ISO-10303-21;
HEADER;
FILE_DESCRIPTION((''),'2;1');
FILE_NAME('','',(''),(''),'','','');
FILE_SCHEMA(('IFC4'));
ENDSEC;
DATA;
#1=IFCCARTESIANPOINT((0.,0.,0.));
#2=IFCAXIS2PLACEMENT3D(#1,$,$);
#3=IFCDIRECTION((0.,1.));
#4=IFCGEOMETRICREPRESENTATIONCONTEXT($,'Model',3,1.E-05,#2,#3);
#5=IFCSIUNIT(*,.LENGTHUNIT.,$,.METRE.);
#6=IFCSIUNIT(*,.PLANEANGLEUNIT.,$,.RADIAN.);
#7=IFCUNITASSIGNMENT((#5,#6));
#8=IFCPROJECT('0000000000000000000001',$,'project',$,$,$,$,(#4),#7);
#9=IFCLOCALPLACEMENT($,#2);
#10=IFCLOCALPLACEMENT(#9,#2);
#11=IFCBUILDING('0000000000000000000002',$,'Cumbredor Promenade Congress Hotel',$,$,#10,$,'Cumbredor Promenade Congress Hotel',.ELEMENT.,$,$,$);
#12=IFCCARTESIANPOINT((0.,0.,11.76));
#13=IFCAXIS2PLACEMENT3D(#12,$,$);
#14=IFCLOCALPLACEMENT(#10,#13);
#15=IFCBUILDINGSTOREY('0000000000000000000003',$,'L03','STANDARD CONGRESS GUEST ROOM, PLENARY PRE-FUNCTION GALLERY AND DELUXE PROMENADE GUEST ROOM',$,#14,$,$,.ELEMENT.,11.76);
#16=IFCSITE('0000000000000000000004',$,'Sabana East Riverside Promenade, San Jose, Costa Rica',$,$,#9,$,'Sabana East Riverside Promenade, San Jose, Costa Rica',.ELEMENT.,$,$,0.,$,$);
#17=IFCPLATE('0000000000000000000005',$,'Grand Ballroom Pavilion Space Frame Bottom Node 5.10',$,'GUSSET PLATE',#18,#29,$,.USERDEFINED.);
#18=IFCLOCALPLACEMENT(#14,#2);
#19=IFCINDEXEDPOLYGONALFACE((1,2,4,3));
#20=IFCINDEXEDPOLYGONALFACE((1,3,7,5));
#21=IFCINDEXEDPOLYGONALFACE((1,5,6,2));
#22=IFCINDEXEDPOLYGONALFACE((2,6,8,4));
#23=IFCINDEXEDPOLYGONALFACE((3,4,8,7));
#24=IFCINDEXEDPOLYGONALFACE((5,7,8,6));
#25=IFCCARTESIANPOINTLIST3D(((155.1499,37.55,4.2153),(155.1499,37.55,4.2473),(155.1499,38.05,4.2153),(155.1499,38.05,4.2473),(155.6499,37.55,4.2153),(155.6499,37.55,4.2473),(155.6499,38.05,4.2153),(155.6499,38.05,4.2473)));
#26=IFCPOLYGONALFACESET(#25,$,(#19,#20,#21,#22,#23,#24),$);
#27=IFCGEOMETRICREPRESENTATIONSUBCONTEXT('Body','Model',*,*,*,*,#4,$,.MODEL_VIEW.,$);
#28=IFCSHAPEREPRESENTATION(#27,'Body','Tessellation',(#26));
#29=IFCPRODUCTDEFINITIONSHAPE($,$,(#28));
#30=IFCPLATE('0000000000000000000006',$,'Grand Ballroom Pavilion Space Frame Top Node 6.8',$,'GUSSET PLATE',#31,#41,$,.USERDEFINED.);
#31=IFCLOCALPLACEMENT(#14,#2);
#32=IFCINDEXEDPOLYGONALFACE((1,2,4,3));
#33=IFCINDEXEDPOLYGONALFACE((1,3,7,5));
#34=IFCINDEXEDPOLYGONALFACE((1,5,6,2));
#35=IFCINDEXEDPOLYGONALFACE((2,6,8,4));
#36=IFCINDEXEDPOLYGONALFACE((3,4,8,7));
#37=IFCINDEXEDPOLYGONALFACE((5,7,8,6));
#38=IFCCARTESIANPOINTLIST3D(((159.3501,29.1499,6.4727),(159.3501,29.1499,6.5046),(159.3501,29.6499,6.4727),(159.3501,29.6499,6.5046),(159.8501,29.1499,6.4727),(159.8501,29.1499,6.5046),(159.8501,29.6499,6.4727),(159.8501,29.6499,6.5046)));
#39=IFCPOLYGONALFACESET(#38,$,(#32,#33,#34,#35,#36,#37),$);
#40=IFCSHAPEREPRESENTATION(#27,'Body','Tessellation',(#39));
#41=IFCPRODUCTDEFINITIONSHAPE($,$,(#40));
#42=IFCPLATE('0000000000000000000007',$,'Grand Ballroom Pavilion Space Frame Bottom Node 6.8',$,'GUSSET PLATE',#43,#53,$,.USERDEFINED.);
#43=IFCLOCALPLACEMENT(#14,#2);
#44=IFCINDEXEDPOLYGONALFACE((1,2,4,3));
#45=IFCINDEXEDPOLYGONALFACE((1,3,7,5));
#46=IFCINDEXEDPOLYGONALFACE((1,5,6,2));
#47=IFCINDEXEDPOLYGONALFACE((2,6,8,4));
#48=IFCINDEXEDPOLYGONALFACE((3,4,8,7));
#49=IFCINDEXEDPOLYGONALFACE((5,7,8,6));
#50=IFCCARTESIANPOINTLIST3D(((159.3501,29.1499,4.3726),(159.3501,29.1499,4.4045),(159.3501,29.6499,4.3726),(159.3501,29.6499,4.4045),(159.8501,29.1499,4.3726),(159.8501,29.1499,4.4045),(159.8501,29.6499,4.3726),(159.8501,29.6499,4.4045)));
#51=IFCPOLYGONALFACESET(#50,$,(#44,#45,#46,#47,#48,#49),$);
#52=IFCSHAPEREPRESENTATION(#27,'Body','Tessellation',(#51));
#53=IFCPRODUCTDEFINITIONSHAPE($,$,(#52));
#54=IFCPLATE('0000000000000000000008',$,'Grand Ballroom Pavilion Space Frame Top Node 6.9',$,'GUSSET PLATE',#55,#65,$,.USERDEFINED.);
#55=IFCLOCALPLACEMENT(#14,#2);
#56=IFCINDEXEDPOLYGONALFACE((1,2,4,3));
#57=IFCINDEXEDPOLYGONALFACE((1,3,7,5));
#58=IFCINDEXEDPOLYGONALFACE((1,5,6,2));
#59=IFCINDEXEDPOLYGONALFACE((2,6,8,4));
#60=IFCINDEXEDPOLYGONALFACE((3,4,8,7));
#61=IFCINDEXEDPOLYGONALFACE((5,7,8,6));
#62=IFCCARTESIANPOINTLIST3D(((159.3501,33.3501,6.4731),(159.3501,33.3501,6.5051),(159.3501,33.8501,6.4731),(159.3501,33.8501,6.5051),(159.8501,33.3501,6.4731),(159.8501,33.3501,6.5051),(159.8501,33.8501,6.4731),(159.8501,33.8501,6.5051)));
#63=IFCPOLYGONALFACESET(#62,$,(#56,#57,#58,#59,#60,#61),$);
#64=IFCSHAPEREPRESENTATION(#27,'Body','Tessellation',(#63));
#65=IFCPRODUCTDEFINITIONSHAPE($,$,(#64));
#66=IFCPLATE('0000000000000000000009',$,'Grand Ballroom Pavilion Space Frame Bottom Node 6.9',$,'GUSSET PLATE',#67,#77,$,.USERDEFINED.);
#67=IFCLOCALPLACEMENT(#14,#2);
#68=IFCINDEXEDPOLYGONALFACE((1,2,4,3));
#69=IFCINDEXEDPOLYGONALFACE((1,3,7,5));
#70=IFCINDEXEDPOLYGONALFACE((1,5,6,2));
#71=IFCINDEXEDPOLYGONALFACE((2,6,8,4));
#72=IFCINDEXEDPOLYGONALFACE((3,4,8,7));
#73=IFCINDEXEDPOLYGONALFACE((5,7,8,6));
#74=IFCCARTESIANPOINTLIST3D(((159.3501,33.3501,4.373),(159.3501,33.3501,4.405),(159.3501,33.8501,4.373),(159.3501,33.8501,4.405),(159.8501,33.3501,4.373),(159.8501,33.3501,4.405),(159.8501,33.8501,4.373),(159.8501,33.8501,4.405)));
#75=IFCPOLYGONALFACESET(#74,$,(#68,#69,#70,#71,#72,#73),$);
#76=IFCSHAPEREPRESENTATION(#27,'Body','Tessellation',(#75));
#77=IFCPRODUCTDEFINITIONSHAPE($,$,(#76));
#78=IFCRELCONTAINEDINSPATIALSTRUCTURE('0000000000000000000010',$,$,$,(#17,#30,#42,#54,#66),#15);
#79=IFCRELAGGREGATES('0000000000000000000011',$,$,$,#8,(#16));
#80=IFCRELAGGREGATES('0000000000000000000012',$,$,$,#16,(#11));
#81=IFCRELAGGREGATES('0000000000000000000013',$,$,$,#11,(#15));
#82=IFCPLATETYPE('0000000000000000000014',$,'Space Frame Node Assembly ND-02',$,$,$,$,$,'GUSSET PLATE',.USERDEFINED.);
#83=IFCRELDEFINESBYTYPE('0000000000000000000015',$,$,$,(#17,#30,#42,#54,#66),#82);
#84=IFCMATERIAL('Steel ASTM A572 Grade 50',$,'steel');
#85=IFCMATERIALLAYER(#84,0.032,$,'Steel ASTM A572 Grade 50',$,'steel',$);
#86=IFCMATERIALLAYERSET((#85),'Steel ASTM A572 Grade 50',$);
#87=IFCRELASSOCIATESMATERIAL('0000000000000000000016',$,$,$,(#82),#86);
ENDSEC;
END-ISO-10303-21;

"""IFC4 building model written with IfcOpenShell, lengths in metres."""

from ifc_helpers import new_model, si_unit, direction, frame, origin, origin_2d, place, context, subcontext, project, spatial, rectangle, extrude, material, layer, layer_set, type_object, element, save


model = new_model("IFC4")

# Units and contexts
model_context = context("Model", 3, precision=1e-05, world=origin(), true_north=direction((0.0, 1.0)))
body_context = subcontext(model_context, "Body", "Model", "MODEL_VIEW")
ifc_project = project(units=[si_unit("LENGTHUNIT", "METRE"), si_unit("PLANEANGLEUNIT", "RADIAN")], contexts=[model_context])

# Site, building, storey
site_placement = place(None, origin())
site = spatial("IfcSite", under=ifc_project, at=site_placement, Name="Sabana East Riverside Promenade, San Jose, Costa Rica", LongName="Sabana East Riverside Promenade, San Jose, Costa Rica", CompositionType="ELEMENT", RefElevation=0.0)
building_placement = place(site_placement, origin())
building = spatial("IfcBuilding", under=site, at=building_placement, Name="Cumbredor Promenade Congress Hotel", LongName="Cumbredor Promenade Congress Hotel", CompositionType="ELEMENT")
storey_placement = place(building_placement, frame((0.0, 0.0, 11.76)))
storey = spatial("IfcBuildingStorey", under=building, at=storey_placement, Name="L03", Description="STANDARD CONGRESS GUEST ROOM, PLENARY PRE-FUNCTION GALLERY AND DELUXE PROMENADE GUEST ROOM", CompositionType="ELEMENT", Elevation=11.76)

# Plates
ifc_material_1 = material(Name="Steel ASTM A572 Grade 50", Category="steel")
ifc_layer = layer(ifc_material_1, 0.032, Name="Steel ASTM A572 Grade 50", Category="steel")
ifc_layer_set = layer_set([ifc_layer], Name="Steel ASTM A572 Grade 50")
plate_type = type_object("IfcPlateType", Name="Space Frame Node Assembly ND-02", ElementType="GUSSET PLATE", PredefinedType="USERDEFINED", material=ifc_layer_set)
for number, where, z_axis, x_axis, name in (
    (1, (155.3999, 37.8, 4.2153), (0.0, 0.0, 1.0), (1.0, 0.0, 0.0), "Grand Ballroom Pavilion Space Frame Bottom Node 5.10"),
    (2, (159.6001, 29.3999, 6.4727), (0.0, 0.0, 1.0), (1.0, 0.0, 0.0), "Grand Ballroom Pavilion Space Frame Top Node 6.8"),
    (3, (159.6001, 29.3999, 4.3726), (0.0, 0.0, 1.0), (1.0, 0.0, 0.0), "Grand Ballroom Pavilion Space Frame Bottom Node 6.8"),
    (4, (159.6001, 33.6001, 6.4731), (0.0, 0.0, 1.0), (1.0, 0.0, 0.0), "Grand Ballroom Pavilion Space Frame Top Node 6.9"),
    (5, (159.6001, 33.6001, 4.373), (0.0, 0.0, 1.0), (1.0, 0.0, 0.0), "Grand Ballroom Pavilion Space Frame Bottom Node 6.9"),
):
    element("IfcPlate", number, at=place(storey_placement, frame(where, z_axis=z_axis, x_axis=x_axis)), inside=storey, type_object=plate_type, Name=name, ObjectType="GUSSET PLATE", PredefinedType="USERDEFINED", context=body_context, shape_type="SweptSolid", body=[
        extrude(rectangle(XDim=0.5, YDim=0.5, at=origin_2d()), origin(), (0.0, 0.0, 1.0), 0.032),
    ])

save(model, "model.ifc")
